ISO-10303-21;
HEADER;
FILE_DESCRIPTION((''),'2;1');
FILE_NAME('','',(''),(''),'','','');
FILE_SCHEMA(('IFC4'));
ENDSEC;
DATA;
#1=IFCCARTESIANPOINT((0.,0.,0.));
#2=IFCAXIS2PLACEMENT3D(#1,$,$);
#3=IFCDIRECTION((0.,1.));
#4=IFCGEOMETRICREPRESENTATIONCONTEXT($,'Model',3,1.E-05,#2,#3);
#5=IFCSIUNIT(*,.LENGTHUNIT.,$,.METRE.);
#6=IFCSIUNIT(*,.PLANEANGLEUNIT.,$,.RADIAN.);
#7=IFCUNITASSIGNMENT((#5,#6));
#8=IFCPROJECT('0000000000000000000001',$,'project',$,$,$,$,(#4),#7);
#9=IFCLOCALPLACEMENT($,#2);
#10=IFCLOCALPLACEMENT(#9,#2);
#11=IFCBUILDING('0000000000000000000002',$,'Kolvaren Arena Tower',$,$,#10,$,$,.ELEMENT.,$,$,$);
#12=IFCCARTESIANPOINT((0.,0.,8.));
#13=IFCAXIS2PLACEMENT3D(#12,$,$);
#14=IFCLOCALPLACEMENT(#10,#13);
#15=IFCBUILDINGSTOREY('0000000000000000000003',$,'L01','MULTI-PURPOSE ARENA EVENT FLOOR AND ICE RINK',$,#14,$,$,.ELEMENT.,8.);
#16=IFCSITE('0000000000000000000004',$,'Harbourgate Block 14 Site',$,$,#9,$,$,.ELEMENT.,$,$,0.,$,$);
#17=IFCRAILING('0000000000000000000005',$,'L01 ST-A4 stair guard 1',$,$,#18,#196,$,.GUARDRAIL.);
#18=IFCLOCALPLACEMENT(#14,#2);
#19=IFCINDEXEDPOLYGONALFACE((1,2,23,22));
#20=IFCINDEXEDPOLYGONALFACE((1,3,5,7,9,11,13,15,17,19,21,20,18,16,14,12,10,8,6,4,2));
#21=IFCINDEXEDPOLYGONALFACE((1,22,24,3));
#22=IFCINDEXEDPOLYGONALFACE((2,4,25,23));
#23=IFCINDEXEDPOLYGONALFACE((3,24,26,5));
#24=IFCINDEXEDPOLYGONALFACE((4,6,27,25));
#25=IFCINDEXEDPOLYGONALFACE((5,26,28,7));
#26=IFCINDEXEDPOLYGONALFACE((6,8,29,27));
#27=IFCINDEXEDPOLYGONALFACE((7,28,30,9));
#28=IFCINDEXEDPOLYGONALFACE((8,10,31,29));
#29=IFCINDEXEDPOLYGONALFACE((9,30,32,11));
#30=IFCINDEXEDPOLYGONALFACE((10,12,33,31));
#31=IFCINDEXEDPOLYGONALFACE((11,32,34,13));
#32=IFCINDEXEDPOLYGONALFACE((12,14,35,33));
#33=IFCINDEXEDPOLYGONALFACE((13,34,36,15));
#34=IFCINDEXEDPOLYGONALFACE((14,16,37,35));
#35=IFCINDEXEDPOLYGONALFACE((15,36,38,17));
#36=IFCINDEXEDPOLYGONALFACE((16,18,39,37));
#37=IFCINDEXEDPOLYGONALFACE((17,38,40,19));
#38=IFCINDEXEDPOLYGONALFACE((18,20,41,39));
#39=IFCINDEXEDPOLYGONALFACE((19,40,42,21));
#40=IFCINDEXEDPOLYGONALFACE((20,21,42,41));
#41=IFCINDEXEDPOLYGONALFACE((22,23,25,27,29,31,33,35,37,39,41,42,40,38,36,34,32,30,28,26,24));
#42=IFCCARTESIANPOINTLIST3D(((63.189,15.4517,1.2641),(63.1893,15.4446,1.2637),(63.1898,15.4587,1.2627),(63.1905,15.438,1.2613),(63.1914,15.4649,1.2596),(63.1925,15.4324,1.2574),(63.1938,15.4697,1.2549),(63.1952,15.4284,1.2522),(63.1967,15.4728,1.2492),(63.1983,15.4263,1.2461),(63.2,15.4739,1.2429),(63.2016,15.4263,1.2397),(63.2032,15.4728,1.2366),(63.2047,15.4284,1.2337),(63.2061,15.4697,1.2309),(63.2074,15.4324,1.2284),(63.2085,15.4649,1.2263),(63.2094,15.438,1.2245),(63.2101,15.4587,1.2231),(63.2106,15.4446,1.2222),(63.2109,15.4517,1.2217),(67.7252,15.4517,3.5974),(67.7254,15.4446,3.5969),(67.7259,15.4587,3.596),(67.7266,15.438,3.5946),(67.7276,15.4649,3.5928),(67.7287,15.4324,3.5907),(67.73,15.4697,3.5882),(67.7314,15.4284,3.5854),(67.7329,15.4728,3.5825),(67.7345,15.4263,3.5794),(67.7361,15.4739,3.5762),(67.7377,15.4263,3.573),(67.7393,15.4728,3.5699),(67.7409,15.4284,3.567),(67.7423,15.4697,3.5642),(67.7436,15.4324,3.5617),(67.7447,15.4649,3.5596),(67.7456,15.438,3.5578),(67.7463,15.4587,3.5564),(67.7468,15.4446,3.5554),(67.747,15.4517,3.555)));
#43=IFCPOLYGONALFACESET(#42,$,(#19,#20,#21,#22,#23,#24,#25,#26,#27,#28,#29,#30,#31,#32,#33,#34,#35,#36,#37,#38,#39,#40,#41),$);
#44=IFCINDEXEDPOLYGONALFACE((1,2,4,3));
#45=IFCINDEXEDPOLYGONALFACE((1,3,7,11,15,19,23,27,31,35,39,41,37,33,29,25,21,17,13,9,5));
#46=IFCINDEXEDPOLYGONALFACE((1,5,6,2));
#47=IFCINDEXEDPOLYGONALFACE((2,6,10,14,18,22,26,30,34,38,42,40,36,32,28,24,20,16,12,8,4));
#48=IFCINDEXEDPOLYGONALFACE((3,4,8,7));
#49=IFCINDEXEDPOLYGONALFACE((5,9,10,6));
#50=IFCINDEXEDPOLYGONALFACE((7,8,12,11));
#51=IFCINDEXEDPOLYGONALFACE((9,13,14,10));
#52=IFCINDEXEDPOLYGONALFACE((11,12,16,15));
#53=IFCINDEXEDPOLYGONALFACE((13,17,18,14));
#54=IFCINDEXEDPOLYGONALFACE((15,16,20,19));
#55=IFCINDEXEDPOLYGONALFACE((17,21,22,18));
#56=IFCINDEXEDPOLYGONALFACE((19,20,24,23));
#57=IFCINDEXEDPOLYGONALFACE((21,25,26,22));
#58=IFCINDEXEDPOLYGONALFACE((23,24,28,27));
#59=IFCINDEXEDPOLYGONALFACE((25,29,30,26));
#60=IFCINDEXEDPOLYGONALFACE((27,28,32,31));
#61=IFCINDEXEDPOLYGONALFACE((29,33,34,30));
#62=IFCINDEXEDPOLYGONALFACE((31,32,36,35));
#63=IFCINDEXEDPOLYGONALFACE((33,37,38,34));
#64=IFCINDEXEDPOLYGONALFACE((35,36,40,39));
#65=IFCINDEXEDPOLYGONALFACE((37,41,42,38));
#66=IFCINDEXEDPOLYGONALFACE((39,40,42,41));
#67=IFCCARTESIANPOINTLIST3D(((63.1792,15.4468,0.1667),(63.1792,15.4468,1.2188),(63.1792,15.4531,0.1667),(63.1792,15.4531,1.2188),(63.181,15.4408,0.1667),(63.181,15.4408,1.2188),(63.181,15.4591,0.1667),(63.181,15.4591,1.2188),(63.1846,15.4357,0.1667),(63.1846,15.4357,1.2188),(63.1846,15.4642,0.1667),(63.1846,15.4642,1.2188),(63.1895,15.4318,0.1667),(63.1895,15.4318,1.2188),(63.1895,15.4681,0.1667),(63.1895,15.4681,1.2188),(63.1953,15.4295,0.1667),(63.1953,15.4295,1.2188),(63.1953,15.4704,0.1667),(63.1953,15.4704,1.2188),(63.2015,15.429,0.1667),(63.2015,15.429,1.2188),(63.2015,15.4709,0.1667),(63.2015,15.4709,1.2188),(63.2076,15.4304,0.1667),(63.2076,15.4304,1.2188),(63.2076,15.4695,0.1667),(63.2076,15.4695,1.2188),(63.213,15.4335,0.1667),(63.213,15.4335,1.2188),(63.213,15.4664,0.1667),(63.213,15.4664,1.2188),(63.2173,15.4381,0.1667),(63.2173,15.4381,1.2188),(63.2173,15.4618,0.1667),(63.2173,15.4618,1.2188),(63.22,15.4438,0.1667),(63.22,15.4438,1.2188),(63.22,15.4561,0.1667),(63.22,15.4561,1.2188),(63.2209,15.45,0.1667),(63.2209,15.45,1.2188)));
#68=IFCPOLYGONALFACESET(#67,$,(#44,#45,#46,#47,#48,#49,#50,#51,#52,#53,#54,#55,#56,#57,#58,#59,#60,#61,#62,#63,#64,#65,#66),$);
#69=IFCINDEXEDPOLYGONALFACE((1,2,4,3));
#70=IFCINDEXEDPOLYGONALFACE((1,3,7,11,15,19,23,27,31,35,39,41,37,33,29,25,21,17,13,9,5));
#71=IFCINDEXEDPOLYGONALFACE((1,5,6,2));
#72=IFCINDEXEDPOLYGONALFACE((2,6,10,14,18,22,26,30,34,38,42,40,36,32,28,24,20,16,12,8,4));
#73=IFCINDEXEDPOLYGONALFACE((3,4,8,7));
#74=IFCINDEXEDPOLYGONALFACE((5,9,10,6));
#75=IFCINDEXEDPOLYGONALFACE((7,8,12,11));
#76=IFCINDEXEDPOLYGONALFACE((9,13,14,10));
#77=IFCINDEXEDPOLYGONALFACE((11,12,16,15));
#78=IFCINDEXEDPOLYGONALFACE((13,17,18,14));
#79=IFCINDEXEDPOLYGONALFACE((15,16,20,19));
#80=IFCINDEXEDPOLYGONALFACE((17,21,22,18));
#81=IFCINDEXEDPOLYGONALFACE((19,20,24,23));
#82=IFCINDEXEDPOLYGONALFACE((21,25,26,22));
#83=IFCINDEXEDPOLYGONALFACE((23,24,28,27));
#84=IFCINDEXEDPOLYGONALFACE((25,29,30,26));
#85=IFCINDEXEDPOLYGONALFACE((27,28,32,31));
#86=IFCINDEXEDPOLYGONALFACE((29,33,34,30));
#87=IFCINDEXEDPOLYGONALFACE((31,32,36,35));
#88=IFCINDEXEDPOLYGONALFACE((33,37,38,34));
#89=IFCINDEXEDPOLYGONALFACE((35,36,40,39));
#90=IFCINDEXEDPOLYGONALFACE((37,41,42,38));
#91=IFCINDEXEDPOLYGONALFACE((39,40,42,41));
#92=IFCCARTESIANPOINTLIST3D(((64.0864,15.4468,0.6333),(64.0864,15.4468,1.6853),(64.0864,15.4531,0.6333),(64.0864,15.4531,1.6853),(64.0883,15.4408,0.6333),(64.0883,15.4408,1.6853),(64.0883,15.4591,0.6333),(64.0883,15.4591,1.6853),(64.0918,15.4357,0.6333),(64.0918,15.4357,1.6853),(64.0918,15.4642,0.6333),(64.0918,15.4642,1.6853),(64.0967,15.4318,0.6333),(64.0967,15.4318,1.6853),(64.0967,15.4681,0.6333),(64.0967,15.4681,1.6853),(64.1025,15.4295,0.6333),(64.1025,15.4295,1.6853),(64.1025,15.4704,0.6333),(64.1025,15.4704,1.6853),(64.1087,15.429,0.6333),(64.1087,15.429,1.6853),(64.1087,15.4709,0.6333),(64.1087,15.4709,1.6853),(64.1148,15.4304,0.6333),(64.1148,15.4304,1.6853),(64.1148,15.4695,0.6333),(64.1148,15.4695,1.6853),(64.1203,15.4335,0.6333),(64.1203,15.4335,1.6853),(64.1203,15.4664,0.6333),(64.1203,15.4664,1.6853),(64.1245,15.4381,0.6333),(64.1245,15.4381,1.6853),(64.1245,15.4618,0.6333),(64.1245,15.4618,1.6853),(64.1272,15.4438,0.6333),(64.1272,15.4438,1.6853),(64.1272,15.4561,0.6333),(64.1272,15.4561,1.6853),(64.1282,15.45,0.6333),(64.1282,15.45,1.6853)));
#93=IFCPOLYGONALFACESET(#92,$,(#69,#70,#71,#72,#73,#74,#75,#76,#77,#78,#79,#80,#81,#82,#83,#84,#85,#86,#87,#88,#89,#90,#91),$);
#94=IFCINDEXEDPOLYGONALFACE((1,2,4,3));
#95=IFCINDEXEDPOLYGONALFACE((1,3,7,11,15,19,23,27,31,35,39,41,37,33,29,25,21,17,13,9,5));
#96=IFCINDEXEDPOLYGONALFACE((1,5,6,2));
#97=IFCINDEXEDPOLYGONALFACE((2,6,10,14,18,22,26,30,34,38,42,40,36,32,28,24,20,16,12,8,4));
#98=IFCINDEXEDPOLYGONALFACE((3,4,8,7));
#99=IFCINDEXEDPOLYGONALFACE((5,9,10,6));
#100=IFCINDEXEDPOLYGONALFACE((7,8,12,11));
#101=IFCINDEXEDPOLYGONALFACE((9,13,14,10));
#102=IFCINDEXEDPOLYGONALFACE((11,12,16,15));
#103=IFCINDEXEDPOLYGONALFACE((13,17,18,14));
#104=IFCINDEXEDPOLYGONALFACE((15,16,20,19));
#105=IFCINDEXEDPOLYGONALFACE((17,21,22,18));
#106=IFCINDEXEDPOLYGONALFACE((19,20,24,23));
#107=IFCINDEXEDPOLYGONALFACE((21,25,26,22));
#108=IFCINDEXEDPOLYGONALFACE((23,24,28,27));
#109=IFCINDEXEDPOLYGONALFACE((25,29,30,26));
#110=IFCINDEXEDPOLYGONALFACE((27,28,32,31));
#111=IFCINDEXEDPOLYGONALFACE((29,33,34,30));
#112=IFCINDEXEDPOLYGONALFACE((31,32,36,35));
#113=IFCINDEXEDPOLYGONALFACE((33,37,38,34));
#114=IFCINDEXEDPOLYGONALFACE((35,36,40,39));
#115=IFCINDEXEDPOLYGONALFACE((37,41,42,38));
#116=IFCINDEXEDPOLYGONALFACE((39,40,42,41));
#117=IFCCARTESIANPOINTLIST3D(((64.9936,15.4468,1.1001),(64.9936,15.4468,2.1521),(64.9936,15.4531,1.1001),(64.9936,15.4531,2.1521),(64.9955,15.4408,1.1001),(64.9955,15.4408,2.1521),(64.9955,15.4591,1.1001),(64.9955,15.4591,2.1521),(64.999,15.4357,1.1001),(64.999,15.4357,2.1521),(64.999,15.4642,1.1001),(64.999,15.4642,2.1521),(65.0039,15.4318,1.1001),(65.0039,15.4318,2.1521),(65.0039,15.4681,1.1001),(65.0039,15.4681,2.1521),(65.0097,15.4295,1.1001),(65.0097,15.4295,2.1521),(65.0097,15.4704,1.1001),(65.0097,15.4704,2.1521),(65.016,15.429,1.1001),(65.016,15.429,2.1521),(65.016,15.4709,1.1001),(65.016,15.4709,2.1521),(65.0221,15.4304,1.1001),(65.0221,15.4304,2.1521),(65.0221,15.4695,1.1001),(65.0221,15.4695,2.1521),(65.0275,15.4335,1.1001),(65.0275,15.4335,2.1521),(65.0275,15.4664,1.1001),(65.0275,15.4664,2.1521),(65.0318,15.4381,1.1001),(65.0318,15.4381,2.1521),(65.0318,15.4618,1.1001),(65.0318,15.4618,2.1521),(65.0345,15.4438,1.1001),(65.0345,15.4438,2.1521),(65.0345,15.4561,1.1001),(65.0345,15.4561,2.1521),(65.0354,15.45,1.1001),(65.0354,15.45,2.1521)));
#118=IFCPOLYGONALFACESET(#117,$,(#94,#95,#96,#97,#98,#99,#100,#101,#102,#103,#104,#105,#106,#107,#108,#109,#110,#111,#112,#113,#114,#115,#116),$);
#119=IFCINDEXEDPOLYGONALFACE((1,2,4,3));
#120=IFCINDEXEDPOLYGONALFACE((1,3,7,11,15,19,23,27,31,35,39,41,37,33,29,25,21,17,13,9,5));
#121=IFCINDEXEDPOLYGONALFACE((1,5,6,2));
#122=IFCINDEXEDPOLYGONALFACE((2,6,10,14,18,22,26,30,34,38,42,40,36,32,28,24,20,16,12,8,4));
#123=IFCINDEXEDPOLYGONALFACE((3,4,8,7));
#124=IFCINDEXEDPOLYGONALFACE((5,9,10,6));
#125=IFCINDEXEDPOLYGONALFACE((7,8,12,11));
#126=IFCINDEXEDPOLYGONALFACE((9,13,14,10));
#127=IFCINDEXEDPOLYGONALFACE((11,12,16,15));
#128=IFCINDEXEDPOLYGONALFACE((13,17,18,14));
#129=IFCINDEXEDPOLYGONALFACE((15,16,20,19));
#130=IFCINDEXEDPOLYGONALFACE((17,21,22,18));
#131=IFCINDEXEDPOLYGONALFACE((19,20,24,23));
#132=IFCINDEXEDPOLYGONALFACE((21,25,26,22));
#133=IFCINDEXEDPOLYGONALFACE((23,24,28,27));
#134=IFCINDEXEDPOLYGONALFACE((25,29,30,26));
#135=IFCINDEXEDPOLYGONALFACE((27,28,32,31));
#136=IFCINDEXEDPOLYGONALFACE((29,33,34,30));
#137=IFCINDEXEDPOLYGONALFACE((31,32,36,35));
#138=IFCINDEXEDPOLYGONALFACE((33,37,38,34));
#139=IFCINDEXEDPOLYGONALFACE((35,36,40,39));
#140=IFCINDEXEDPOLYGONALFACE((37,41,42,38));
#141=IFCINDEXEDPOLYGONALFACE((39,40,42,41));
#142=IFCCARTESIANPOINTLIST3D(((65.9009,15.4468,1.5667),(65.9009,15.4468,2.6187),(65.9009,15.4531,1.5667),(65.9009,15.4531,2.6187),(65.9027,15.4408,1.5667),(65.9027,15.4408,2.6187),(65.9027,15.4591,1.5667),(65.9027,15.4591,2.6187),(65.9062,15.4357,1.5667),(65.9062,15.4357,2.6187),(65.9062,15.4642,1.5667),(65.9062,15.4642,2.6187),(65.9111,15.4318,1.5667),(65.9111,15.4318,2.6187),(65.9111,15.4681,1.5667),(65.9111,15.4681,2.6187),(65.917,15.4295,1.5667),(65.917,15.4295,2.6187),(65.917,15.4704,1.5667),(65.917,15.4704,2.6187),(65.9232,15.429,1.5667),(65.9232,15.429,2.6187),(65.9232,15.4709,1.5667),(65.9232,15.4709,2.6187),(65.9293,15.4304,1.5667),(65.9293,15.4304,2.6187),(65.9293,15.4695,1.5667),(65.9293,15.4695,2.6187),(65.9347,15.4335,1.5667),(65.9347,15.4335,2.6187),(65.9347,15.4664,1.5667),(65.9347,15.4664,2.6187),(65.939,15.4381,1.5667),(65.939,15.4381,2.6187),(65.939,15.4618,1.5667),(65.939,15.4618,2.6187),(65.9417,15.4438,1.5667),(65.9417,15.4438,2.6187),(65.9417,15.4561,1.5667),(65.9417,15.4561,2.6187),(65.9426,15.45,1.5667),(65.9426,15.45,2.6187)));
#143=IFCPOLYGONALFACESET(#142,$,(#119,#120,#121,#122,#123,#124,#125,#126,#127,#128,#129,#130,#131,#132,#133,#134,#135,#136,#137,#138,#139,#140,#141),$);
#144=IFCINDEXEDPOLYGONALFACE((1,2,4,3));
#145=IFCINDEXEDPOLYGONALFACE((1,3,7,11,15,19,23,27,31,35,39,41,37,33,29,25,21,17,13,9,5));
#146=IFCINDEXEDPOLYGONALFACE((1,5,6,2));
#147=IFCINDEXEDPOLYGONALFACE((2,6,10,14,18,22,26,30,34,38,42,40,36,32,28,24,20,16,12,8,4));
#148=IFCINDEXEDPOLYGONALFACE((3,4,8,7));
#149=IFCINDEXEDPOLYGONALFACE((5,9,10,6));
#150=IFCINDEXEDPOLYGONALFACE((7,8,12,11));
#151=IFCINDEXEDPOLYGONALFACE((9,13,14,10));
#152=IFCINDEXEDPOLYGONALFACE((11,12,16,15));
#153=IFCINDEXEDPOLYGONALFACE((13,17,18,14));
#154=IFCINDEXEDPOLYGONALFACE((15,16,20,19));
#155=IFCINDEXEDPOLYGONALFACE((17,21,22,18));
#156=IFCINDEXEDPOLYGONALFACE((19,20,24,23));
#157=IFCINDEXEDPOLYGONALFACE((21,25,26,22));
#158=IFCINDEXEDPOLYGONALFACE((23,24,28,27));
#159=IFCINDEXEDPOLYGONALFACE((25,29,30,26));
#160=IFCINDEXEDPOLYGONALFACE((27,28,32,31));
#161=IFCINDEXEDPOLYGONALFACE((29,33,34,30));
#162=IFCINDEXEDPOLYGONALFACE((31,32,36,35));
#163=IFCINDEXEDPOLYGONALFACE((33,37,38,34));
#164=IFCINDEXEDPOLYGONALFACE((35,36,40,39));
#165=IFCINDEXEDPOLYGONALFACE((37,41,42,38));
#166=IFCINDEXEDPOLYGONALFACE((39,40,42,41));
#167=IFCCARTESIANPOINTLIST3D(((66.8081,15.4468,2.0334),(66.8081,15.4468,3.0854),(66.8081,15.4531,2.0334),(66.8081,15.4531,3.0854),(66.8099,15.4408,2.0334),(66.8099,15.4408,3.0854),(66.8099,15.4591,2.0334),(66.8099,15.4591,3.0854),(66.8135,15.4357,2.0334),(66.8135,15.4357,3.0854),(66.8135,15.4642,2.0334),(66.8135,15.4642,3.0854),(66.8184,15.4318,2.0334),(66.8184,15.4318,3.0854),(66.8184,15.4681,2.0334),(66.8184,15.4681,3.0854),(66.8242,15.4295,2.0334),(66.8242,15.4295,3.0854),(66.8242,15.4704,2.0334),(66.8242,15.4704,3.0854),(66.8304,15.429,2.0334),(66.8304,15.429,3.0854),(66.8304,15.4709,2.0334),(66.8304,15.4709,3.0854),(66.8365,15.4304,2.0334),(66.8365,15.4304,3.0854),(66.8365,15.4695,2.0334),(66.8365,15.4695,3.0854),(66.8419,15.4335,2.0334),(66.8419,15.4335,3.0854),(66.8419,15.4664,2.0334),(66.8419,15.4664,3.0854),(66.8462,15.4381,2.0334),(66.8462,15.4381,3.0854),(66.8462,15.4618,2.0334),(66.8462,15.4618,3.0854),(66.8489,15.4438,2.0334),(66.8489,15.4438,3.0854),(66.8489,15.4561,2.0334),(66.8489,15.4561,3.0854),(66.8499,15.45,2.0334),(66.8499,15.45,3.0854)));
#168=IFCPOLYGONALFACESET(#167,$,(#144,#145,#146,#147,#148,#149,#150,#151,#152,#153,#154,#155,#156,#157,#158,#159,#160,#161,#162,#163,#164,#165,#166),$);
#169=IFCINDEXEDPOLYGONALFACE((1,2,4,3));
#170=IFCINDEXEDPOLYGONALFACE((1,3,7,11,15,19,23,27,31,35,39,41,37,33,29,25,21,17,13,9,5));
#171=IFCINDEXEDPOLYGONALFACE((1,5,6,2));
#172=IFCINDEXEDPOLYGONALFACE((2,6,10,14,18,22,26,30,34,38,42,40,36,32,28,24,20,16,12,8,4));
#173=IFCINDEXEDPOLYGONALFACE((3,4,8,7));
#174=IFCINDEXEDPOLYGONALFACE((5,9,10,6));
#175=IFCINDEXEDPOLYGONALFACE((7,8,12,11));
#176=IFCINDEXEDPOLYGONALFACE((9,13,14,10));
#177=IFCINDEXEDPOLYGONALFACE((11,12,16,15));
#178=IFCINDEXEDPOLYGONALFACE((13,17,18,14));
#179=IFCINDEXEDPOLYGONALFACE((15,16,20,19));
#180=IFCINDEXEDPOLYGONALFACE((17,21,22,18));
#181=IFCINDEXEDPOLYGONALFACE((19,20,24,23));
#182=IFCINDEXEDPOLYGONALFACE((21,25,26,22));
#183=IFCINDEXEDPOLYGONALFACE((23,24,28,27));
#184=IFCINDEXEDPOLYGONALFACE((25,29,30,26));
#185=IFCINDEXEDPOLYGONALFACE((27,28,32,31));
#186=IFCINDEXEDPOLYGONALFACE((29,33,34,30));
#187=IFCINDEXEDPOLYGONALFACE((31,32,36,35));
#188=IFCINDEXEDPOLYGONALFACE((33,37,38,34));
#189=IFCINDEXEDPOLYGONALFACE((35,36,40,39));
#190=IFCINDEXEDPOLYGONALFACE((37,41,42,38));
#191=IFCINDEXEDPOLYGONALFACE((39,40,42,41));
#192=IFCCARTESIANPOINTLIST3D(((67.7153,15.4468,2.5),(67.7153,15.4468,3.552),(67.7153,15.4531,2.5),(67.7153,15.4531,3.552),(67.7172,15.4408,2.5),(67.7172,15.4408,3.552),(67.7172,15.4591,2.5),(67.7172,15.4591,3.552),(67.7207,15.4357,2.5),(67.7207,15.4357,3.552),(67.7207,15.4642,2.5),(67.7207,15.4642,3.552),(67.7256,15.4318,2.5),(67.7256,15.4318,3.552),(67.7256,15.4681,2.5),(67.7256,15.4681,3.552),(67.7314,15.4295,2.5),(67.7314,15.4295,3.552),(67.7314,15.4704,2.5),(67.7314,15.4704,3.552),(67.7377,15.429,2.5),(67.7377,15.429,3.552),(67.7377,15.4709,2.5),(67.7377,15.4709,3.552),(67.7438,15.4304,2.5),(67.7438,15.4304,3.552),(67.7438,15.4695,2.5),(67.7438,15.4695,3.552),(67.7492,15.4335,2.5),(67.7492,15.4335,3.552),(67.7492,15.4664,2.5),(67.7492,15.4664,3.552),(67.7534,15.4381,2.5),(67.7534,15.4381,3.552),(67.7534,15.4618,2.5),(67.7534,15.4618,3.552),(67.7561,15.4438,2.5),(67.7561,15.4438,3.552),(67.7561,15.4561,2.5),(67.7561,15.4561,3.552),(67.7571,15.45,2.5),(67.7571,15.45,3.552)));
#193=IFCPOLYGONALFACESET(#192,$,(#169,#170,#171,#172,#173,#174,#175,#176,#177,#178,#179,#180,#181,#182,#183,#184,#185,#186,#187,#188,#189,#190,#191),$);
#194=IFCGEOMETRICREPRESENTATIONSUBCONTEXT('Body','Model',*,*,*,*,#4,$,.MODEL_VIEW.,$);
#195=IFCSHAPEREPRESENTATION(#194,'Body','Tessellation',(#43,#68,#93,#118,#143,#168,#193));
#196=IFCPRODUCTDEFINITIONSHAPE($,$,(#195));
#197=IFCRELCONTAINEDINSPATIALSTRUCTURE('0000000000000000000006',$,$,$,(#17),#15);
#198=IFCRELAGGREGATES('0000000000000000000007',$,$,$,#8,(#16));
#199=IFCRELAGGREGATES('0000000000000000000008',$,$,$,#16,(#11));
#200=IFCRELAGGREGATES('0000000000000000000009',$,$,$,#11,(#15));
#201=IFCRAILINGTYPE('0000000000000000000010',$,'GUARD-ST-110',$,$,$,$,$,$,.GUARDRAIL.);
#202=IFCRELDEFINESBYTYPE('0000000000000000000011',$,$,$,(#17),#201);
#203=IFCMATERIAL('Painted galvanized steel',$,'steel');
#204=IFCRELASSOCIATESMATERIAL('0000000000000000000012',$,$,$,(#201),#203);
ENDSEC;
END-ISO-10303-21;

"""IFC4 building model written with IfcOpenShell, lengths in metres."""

from ifc_helpers import new_model, si_unit, direction, frame, origin, origin_2d, place, context, subcontext, project, spatial, circle, extrude, material, type_object, element, save


model = new_model("IFC4")

# Units and contexts
model_context = context("Model", 3, precision=1e-05, world=origin(), true_north=direction((0.0, 1.0)))
body_context = subcontext(model_context, "Body", "Model", "MODEL_VIEW")
ifc_project = project(units=[si_unit("LENGTHUNIT", "METRE"), si_unit("PLANEANGLEUNIT", "RADIAN")], contexts=[model_context])

# Site, building, storey
site_placement = place(None, origin())
site = spatial("IfcSite", under=ifc_project, at=site_placement, Name="Harbourgate Block 14 Site", CompositionType="ELEMENT", RefElevation=0.0)
building_placement = place(site_placement, origin())
building = spatial("IfcBuilding", under=site, at=building_placement, Name="Kolvaren Arena Tower", CompositionType="ELEMENT")
storey_placement = place(building_placement, frame((0.0, 0.0, 8.0)))
storey = spatial("IfcBuildingStorey", under=building, at=storey_placement, Name="L01", Description="MULTI-PURPOSE ARENA EVENT FLOOR AND ICE RINK", CompositionType="ELEMENT", Elevation=8.0)

# Railing
ifc_material_1 = material(Name="Painted galvanized steel", Category="steel")
railing_type_1 = type_object("IfcRailingType", Name="GUARD-ST-110", PredefinedType="GUARDRAIL", material=ifc_material_1)
railing_1_placement = place(storey_placement, frame((63.2, 15.45, 0.1667)))
element("IfcRailing", 1, at=railing_1_placement, inside=storey, type_object=railing_type_1, Name="L01 ST-A4 stair guard 1", PredefinedType="GUARDRAIL", context=body_context, shape_type="SweptSolid", body=[
    extrude(circle(Radius=0.0239, at=origin_2d()), frame((0.0, 0.0, 1.0762), z_axis=(0.889257, 0.0, 0.457407), x_axis=(0.0, 1.0, 0.0)), (0.0, 0.0, 1.0), 5.1011),
    extrude(circle(Radius=0.021, at=origin_2d()), origin(), (0.0, 0.0, 1.0), 1.052),
    extrude(circle(Radius=0.021, at=origin_2d()), frame((0.9072, 0.0, 0.4666)), (0.0, 0.0, 1.0), 1.052),
    extrude(circle(Radius=0.021, at=origin_2d()), frame((1.8145, 0.0, 0.9333)), (0.0, 0.0, 1.0), 1.052),
    extrude(circle(Radius=0.021, at=origin_2d()), frame((2.7217, 0.0, 1.3999)), (0.0, 0.0, 1.0), 1.052),
    extrude(circle(Radius=0.021, at=origin_2d()), frame((3.6289, 0.0, 1.8667)), (0.0, 0.0, 1.0), 1.052),
    extrude(circle(Radius=0.021, at=origin_2d()), frame((4.5361, 0.0, 2.3333)), (0.0, 0.0, 1.0), 1.052),
])

save(model, "model.ifc")
